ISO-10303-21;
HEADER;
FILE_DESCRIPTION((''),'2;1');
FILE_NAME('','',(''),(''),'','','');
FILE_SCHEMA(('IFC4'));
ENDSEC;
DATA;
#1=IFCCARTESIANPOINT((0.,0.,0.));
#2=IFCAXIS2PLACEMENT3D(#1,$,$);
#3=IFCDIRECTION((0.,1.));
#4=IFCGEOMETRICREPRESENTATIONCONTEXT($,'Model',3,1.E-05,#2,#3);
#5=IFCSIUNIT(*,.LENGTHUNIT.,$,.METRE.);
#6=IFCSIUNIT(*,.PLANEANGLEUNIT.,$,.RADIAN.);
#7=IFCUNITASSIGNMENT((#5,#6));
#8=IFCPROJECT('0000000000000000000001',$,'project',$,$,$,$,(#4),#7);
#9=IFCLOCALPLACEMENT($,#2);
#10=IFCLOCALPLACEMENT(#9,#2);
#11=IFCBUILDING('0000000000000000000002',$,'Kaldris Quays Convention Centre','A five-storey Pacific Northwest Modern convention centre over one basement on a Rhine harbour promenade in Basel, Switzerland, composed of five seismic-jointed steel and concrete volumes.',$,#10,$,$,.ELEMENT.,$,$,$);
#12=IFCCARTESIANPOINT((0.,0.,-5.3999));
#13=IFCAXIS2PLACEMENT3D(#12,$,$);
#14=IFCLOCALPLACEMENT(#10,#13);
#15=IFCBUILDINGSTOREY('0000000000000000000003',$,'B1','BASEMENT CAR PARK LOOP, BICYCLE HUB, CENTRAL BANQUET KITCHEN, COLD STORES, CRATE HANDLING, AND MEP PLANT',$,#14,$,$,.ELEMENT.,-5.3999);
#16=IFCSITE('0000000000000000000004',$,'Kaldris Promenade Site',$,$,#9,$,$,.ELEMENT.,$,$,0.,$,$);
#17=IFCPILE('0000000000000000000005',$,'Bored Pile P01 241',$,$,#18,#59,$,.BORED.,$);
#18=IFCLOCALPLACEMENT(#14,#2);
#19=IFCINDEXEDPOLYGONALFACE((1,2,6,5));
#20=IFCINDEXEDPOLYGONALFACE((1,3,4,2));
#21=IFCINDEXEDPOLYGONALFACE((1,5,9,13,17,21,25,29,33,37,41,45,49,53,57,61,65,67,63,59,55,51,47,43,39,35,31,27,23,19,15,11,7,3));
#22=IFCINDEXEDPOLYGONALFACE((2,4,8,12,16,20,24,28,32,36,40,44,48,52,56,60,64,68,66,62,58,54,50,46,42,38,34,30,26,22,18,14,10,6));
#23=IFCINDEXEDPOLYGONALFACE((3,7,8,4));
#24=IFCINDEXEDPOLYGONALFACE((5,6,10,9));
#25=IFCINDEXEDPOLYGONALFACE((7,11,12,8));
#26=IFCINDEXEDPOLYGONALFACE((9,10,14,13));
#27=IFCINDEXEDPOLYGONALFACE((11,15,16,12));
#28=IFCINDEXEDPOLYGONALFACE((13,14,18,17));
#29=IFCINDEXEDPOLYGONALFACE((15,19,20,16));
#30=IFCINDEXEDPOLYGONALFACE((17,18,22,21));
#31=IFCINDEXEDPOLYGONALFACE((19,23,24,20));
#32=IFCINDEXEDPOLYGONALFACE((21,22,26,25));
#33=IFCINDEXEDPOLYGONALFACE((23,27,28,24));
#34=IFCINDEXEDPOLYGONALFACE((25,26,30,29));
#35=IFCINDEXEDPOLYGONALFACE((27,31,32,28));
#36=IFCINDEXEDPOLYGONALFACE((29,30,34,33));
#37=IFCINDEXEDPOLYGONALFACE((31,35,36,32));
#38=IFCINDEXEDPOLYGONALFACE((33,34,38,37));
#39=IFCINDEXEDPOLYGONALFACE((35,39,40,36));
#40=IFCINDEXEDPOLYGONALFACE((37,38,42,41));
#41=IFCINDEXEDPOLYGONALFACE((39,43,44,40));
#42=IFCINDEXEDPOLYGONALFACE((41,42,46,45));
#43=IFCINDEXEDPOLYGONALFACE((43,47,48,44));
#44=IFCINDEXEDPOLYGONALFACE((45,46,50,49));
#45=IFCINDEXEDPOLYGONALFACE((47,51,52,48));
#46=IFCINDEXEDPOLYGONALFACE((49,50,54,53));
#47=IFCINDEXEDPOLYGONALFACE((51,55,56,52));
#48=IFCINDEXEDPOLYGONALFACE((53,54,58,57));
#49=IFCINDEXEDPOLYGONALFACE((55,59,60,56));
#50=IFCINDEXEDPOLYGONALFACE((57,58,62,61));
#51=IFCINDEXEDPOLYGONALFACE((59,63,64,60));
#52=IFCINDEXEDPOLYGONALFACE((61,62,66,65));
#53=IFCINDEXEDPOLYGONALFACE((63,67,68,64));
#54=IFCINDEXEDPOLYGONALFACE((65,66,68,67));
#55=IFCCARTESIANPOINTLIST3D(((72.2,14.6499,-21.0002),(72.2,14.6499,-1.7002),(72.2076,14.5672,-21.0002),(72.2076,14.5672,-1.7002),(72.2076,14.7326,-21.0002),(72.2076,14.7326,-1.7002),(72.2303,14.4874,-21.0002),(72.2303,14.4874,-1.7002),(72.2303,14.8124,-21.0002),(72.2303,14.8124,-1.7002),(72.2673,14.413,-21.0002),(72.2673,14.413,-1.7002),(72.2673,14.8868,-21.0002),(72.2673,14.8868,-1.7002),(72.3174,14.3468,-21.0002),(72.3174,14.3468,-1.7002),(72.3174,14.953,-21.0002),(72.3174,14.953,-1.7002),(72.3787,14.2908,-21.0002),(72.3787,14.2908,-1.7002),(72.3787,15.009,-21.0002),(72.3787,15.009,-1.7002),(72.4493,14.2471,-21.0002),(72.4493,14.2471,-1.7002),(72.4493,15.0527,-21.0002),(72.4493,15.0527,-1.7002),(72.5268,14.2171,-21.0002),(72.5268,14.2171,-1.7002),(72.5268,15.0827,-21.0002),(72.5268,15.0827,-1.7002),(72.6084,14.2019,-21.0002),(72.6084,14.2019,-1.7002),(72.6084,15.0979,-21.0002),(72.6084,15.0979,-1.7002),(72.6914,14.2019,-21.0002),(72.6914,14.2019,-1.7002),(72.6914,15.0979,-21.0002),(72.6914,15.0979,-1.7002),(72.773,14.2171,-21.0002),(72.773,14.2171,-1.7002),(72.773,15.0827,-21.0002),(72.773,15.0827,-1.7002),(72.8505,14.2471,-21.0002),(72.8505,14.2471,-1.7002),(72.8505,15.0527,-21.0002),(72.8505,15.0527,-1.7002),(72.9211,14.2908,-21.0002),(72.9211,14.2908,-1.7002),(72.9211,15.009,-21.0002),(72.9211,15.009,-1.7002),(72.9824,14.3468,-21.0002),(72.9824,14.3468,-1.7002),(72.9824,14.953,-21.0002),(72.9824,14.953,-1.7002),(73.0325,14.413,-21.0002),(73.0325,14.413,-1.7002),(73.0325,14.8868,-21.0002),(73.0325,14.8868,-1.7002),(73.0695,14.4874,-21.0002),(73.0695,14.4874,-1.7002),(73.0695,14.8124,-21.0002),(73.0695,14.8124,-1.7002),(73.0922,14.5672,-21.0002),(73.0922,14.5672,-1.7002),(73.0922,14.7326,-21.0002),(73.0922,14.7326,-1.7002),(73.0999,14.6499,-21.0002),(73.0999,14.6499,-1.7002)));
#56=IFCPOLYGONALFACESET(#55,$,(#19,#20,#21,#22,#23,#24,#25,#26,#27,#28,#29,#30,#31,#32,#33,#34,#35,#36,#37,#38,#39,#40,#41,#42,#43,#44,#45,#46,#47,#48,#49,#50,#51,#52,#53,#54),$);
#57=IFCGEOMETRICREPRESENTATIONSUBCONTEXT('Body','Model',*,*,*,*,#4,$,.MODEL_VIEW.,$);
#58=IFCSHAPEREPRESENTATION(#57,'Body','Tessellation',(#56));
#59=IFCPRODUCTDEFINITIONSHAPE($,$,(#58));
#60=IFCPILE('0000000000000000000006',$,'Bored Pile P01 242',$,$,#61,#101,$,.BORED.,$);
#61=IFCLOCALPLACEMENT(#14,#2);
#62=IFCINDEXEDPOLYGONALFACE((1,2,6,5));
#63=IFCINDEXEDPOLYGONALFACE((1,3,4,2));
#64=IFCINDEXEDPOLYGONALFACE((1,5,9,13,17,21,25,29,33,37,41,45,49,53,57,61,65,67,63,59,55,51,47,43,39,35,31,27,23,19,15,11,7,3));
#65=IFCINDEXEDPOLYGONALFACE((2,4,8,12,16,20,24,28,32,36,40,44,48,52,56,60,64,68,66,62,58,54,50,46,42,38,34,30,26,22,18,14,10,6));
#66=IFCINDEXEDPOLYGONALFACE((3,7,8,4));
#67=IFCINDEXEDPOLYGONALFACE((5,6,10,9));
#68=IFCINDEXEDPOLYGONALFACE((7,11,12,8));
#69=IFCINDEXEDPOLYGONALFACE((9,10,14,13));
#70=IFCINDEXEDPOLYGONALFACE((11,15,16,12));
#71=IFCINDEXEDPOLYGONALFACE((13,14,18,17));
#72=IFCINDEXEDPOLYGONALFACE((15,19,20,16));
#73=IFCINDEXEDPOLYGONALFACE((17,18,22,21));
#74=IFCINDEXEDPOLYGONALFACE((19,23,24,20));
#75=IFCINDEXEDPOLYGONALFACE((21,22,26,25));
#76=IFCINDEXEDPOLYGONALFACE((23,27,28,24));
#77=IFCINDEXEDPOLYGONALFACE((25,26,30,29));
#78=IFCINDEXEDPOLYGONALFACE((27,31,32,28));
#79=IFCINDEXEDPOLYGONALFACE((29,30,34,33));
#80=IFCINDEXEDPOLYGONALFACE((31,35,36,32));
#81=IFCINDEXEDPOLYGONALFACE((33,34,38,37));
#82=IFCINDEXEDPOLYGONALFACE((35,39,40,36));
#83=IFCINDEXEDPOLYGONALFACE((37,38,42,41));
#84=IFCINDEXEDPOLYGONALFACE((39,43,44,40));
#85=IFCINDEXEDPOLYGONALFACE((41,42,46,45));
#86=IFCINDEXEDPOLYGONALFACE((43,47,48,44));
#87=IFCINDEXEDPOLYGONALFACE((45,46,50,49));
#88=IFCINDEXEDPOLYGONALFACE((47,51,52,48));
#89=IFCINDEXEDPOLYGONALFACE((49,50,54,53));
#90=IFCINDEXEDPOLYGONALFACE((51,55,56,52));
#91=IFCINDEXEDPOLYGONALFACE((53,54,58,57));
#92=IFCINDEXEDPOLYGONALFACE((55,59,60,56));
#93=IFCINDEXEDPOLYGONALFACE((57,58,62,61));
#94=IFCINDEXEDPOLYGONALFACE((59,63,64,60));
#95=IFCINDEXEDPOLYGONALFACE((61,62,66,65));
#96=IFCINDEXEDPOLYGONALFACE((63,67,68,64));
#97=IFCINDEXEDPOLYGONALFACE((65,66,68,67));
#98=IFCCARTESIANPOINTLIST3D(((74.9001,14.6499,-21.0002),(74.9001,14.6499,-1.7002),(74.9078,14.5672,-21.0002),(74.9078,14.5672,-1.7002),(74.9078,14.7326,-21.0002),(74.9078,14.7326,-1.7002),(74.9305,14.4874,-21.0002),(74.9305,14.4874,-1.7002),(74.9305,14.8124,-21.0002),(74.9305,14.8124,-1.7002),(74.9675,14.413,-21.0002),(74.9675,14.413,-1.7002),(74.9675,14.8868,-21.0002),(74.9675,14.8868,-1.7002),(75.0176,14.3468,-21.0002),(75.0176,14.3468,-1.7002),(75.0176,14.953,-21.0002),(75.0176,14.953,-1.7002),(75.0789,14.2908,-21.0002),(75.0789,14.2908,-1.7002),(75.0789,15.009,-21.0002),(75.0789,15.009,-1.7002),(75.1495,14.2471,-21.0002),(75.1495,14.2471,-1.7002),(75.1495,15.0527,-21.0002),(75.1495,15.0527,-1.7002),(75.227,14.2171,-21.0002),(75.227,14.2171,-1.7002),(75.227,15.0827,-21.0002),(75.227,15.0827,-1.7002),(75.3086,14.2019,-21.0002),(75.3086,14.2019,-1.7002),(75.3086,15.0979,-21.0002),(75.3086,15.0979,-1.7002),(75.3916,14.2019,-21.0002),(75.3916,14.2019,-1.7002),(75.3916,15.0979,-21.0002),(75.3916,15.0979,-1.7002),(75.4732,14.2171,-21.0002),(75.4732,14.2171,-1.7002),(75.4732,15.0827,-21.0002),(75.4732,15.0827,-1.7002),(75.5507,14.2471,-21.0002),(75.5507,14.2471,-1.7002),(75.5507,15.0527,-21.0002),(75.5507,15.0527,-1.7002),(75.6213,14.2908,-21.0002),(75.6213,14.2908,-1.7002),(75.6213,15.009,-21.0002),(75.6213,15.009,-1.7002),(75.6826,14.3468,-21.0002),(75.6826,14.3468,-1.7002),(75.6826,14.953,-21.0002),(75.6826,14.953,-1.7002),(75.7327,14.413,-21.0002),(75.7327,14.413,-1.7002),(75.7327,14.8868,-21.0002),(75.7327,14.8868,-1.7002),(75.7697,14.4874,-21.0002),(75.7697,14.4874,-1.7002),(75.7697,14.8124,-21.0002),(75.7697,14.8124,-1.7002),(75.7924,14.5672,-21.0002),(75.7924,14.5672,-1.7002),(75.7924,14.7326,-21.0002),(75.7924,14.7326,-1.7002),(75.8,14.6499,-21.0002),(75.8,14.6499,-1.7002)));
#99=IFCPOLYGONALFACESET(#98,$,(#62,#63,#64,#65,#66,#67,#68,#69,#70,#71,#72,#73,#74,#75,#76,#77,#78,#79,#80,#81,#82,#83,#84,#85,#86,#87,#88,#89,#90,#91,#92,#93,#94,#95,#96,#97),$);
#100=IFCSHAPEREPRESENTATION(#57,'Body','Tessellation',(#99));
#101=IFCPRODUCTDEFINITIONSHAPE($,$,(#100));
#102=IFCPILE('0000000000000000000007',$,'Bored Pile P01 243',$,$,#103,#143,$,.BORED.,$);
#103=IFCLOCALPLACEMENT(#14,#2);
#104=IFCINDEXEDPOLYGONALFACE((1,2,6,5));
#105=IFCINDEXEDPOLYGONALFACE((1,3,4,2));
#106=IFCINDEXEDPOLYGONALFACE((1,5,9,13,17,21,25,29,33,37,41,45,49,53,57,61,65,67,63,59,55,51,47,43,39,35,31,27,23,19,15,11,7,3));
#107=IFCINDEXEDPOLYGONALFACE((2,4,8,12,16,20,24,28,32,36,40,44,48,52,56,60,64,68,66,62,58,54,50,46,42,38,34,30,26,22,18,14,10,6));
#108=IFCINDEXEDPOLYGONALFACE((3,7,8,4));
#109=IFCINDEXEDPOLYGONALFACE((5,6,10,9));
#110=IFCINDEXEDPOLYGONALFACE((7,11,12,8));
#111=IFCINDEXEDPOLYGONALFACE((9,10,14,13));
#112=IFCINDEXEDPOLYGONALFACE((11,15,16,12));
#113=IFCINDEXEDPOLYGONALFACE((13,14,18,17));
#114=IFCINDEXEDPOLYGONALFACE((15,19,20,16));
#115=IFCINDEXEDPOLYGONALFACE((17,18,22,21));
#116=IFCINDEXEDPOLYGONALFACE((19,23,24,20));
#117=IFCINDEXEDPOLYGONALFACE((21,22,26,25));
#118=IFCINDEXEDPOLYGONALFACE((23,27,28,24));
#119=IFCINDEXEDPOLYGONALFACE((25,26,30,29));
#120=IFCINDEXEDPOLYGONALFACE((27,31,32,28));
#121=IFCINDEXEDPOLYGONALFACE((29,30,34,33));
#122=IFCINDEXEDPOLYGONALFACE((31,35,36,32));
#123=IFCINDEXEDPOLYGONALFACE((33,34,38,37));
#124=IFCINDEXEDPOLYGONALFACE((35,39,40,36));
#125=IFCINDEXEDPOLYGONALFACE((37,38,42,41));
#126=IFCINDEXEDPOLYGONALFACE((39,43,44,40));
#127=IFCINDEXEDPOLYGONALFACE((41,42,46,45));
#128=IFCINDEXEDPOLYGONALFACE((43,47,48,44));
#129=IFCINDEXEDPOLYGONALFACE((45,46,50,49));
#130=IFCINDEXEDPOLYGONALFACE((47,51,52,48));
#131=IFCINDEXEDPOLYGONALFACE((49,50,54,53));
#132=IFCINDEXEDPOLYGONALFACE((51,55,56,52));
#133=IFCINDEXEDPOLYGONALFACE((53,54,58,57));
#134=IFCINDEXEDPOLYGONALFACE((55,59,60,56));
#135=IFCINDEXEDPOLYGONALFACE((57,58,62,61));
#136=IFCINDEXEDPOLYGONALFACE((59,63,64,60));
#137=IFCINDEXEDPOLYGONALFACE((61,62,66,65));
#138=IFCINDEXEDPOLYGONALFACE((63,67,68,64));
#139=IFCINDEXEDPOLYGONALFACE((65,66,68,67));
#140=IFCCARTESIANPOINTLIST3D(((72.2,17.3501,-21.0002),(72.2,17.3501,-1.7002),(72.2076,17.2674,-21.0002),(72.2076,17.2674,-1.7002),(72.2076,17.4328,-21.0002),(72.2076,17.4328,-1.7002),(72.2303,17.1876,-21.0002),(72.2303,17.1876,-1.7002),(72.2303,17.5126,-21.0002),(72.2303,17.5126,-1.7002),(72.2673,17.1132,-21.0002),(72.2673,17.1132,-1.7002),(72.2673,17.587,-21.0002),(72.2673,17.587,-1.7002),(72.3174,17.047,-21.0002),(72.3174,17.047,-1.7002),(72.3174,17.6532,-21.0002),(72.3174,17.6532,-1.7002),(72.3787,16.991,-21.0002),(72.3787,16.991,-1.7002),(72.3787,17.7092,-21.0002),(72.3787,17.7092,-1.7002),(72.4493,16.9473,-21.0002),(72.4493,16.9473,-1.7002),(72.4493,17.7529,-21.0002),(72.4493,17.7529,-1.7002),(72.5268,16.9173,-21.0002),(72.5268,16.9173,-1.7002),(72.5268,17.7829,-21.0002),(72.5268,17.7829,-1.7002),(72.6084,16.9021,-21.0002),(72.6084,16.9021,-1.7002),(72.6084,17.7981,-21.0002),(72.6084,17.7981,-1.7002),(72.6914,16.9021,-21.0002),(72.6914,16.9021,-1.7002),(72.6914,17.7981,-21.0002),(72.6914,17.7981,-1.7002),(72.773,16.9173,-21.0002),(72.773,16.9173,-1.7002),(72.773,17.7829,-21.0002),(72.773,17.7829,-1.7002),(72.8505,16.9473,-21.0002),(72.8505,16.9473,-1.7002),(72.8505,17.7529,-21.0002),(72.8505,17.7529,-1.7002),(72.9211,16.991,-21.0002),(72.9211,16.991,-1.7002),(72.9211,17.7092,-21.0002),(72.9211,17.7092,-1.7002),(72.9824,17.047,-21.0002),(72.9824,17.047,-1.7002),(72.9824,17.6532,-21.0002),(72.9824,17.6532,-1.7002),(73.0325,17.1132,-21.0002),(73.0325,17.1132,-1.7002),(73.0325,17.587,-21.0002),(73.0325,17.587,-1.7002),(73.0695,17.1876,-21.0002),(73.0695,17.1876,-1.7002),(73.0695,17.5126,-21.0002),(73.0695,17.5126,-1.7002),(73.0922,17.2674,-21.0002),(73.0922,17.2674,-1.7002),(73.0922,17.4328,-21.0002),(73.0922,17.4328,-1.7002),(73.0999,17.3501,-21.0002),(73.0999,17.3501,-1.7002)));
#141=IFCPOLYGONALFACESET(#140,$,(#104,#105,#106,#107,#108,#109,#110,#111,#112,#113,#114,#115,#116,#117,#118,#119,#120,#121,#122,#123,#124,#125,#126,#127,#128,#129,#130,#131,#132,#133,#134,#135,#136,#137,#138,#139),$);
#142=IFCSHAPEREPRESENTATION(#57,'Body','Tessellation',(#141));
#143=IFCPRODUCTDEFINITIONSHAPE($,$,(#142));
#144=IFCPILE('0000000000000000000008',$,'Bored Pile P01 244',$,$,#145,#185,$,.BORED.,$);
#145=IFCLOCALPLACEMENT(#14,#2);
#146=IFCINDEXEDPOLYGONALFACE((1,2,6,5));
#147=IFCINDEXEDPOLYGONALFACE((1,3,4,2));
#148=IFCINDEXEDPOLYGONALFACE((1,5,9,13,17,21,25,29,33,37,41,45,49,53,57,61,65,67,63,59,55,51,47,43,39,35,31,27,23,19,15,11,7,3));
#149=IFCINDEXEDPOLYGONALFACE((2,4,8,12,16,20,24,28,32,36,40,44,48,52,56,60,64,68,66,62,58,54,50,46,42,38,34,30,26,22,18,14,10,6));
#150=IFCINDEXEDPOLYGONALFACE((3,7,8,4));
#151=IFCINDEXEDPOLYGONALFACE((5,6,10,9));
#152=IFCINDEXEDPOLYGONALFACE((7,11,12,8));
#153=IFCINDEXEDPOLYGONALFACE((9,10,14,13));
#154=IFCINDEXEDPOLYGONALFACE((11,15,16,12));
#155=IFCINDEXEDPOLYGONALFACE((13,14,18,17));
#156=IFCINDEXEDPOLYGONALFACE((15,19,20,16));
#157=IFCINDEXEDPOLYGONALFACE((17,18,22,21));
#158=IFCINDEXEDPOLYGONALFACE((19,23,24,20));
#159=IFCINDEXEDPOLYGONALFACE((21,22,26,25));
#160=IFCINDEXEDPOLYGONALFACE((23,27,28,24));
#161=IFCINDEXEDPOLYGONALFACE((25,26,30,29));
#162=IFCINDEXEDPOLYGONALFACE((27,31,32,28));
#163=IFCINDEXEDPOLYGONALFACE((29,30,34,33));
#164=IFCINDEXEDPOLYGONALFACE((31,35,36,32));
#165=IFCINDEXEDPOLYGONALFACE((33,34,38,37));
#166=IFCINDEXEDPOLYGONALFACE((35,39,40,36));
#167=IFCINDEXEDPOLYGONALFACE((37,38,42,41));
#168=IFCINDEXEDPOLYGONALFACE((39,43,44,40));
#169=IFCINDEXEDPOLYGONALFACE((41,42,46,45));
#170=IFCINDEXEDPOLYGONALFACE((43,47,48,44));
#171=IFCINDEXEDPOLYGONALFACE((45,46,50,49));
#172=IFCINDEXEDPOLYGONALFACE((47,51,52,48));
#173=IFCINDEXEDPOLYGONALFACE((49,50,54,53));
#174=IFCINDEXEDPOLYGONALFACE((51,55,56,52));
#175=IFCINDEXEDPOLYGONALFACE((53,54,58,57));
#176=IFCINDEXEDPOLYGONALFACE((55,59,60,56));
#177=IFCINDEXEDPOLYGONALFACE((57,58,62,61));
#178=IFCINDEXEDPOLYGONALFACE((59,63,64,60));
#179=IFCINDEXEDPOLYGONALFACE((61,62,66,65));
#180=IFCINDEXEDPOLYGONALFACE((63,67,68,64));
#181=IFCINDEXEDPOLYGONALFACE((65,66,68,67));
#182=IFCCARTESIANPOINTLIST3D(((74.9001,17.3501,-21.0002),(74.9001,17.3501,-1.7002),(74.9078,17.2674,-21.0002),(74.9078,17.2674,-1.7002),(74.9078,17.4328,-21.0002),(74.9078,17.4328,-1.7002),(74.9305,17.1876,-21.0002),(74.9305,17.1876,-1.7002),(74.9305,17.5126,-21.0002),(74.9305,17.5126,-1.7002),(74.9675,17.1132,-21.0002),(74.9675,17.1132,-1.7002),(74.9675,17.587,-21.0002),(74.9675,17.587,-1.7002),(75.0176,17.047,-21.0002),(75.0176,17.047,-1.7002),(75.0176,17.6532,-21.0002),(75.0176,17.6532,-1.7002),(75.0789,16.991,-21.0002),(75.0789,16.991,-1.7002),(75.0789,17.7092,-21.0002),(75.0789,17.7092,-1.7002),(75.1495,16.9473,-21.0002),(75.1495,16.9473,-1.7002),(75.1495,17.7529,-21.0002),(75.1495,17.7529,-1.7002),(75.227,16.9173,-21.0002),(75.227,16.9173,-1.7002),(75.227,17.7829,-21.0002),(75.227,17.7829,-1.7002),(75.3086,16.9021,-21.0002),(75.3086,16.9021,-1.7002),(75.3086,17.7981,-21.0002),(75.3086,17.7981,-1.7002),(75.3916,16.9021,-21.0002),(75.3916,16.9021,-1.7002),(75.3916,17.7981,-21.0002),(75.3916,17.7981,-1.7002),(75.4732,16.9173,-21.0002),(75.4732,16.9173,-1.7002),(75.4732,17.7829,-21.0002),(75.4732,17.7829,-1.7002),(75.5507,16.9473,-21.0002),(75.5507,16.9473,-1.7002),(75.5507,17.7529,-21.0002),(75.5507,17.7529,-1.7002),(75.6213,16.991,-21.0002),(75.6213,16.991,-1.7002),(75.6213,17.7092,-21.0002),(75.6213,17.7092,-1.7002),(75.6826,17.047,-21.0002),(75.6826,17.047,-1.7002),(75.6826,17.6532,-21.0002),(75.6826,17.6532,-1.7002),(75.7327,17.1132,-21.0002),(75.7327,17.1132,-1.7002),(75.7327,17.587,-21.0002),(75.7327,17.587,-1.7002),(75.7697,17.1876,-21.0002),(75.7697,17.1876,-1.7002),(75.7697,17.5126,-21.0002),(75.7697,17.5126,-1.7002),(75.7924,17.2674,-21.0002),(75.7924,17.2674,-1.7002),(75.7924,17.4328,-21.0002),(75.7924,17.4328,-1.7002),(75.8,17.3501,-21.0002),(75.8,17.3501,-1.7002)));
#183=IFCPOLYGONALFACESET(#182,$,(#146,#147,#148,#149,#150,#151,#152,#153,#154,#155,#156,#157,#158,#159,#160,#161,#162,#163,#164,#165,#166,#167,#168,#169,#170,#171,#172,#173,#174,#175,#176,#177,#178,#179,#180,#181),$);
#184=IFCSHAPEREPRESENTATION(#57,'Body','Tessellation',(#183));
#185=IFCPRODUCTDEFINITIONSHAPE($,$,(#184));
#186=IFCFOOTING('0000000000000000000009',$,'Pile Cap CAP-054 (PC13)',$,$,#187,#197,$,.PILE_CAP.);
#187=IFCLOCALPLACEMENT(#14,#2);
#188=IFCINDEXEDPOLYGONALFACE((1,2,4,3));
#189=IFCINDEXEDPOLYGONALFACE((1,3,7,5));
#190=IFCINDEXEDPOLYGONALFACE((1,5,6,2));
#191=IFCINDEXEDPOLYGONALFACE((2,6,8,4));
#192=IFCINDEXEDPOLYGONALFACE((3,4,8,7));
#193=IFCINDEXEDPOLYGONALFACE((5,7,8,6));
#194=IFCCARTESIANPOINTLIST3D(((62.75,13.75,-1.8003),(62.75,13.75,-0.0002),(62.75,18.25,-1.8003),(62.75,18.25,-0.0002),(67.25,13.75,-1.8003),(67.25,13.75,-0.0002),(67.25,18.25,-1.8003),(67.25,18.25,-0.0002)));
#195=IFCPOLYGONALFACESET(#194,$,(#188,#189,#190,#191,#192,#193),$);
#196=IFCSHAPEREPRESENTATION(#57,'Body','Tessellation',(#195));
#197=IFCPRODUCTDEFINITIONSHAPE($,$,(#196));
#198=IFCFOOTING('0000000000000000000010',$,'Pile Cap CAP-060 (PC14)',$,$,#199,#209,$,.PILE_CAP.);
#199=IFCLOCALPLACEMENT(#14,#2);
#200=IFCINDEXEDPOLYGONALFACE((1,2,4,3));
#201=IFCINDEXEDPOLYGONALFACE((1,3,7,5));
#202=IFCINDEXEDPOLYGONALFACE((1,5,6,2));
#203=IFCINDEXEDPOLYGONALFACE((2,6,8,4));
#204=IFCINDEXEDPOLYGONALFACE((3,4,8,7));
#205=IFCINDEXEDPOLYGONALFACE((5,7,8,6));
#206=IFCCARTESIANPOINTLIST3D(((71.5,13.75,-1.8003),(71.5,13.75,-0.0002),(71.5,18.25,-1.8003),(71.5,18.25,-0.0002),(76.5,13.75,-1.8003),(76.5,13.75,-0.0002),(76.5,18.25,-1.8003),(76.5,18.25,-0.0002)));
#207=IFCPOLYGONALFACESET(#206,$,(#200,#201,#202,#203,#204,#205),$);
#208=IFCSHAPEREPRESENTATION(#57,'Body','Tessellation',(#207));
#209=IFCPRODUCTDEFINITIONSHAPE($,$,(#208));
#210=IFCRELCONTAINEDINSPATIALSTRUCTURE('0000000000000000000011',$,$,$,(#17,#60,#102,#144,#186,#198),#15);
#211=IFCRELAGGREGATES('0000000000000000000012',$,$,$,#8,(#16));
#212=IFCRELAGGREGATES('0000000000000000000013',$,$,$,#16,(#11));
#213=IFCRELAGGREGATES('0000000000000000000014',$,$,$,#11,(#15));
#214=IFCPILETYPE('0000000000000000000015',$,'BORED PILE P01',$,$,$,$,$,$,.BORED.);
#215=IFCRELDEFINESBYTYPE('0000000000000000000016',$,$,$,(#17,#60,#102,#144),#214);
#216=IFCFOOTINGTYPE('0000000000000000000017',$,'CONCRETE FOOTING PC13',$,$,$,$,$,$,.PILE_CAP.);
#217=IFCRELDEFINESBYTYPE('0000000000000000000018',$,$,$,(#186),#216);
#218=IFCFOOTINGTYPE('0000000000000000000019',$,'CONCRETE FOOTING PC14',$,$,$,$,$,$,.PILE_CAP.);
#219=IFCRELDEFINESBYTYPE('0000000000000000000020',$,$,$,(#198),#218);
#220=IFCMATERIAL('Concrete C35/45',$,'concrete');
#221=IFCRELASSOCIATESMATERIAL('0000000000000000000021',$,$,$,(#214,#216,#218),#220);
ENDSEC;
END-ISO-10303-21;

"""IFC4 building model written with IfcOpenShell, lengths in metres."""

from ifc_helpers import new_model, si_unit, direction, frame, origin, origin_2d, place, context, subcontext, project, spatial, rectangle, circle, extrude, material, material_profile, profile_set, type_object, element, save


model = new_model("IFC4")

# Units and contexts
model_context = context("Model", 3, precision=1e-05, world=origin(), true_north=direction((0.0, 1.0)))
body_context = subcontext(model_context, "Body", "Model", "MODEL_VIEW")
ifc_project = project(units=[si_unit("LENGTHUNIT", "METRE"), si_unit("PLANEANGLEUNIT", "RADIAN")], contexts=[model_context])

# Site, building, storey
site_placement = place(None, origin())
site = spatial("IfcSite", under=ifc_project, at=site_placement, Name="Kaldris Promenade Site", CompositionType="ELEMENT", RefElevation=0.0)
building_placement = place(site_placement, origin())
building = spatial("IfcBuilding", under=site, at=building_placement, Name="Kaldris Quays Convention Centre", Description="A five-storey Pacific Northwest Modern convention centre over one basement on a Rhine harbour promenade in Basel, Switzerland, composed of five seismic-jointed steel and concrete volumes.", CompositionType="ELEMENT")
storey_placement = place(building_placement, frame((0.0, 0.0, -5.3999)))
storey = spatial("IfcBuildingStorey", under=building, at=storey_placement, Name="B1", Description="BASEMENT CAR PARK LOOP, BICYCLE HUB, CENTRAL BANQUET KITCHEN, COLD STORES, CRATE HANDLING, AND MEP PLANT", CompositionType="ELEMENT", Elevation=-5.3999)

# Piles
ifc_material_1 = material(Name="Concrete C35/45", Category="concrete")
ifc_material_profile_1 = material_profile(ifc_material_1, circle(Radius=0.45, at=origin_2d()), Name="BORED PILE D900")
ifc_profile_set_1 = profile_set([ifc_material_profile_1], Name="Concrete C35/45")
pile_type = type_object("IfcPileType", Name="BORED PILE P01", PredefinedType="BORED", material=ifc_profile_set_1)
for number, where, z_axis, x_axis, name in (
    (1, (72.6499, 14.6499, -1.7002), (0.0, 0.0, -1.0), (1.0, 0.0, 0.0), "Bored Pile P01 241"),
    (2, (75.3501, 14.6499, -1.7002), (0.0, 0.0, -1.0), (1.0, 0.0, 0.0), "Bored Pile P01 242"),
    (3, (72.6499, 17.3501, -1.7002), (0.0, 0.0, -1.0), (1.0, 0.0, 0.0), "Bored Pile P01 243"),
    (4, (75.3501, 17.3501, -1.7002), (0.0, 0.0, -1.0), (1.0, 0.0, 0.0), "Bored Pile P01 244"),
):
    element("IfcPile", number, at=place(storey_placement, frame(where, z_axis=z_axis, x_axis=x_axis)), inside=storey, type_object=pile_type, Name=name, PredefinedType="BORED", context=body_context, shape_type="SweptSolid", body=[
        extrude(circle(Radius=0.45, at=origin_2d()), origin(), (0.0, 0.0, 1.0), 19.3),
    ])

# Footings
footing_type_1 = type_object("IfcFootingType", Name="CONCRETE FOOTING PC13", PredefinedType="PILE_CAP", material=ifc_material_1)
footing_1_placement = place(storey_placement, frame((65.0, 16.0, -1.8003), z_axis=(0.0, 0.0, 1.0), x_axis=(1.0, 0.0, 0.0)))
element("IfcFooting", 5, at=footing_1_placement, inside=storey, type_object=footing_type_1, Name="Pile Cap CAP-054 (PC13)", PredefinedType="PILE_CAP", context=body_context, shape_type="SweptSolid", body=[
    extrude(rectangle(XDim=4.5, YDim=4.5, at=origin_2d()), origin(), (0.0, 0.0, 1.0), 1.8),
])
footing_type_2 = type_object("IfcFootingType", Name="CONCRETE FOOTING PC14", PredefinedType="PILE_CAP", material=ifc_material_1)
footing_2_placement = place(storey_placement, frame((74.0, 16.0, -1.8003), z_axis=(0.0, 0.0, 1.0), x_axis=(1.0, 0.0, 0.0)))
element("IfcFooting", 6, at=footing_2_placement, inside=storey, type_object=footing_type_2, Name="Pile Cap CAP-060 (PC14)", PredefinedType="PILE_CAP", context=body_context, shape_type="SweptSolid", body=[
    extrude(rectangle(XDim=5.0, YDim=4.5, at=origin_2d()), origin(), (0.0, 0.0, 1.0), 1.8),
])

save(model, "model.ifc")
